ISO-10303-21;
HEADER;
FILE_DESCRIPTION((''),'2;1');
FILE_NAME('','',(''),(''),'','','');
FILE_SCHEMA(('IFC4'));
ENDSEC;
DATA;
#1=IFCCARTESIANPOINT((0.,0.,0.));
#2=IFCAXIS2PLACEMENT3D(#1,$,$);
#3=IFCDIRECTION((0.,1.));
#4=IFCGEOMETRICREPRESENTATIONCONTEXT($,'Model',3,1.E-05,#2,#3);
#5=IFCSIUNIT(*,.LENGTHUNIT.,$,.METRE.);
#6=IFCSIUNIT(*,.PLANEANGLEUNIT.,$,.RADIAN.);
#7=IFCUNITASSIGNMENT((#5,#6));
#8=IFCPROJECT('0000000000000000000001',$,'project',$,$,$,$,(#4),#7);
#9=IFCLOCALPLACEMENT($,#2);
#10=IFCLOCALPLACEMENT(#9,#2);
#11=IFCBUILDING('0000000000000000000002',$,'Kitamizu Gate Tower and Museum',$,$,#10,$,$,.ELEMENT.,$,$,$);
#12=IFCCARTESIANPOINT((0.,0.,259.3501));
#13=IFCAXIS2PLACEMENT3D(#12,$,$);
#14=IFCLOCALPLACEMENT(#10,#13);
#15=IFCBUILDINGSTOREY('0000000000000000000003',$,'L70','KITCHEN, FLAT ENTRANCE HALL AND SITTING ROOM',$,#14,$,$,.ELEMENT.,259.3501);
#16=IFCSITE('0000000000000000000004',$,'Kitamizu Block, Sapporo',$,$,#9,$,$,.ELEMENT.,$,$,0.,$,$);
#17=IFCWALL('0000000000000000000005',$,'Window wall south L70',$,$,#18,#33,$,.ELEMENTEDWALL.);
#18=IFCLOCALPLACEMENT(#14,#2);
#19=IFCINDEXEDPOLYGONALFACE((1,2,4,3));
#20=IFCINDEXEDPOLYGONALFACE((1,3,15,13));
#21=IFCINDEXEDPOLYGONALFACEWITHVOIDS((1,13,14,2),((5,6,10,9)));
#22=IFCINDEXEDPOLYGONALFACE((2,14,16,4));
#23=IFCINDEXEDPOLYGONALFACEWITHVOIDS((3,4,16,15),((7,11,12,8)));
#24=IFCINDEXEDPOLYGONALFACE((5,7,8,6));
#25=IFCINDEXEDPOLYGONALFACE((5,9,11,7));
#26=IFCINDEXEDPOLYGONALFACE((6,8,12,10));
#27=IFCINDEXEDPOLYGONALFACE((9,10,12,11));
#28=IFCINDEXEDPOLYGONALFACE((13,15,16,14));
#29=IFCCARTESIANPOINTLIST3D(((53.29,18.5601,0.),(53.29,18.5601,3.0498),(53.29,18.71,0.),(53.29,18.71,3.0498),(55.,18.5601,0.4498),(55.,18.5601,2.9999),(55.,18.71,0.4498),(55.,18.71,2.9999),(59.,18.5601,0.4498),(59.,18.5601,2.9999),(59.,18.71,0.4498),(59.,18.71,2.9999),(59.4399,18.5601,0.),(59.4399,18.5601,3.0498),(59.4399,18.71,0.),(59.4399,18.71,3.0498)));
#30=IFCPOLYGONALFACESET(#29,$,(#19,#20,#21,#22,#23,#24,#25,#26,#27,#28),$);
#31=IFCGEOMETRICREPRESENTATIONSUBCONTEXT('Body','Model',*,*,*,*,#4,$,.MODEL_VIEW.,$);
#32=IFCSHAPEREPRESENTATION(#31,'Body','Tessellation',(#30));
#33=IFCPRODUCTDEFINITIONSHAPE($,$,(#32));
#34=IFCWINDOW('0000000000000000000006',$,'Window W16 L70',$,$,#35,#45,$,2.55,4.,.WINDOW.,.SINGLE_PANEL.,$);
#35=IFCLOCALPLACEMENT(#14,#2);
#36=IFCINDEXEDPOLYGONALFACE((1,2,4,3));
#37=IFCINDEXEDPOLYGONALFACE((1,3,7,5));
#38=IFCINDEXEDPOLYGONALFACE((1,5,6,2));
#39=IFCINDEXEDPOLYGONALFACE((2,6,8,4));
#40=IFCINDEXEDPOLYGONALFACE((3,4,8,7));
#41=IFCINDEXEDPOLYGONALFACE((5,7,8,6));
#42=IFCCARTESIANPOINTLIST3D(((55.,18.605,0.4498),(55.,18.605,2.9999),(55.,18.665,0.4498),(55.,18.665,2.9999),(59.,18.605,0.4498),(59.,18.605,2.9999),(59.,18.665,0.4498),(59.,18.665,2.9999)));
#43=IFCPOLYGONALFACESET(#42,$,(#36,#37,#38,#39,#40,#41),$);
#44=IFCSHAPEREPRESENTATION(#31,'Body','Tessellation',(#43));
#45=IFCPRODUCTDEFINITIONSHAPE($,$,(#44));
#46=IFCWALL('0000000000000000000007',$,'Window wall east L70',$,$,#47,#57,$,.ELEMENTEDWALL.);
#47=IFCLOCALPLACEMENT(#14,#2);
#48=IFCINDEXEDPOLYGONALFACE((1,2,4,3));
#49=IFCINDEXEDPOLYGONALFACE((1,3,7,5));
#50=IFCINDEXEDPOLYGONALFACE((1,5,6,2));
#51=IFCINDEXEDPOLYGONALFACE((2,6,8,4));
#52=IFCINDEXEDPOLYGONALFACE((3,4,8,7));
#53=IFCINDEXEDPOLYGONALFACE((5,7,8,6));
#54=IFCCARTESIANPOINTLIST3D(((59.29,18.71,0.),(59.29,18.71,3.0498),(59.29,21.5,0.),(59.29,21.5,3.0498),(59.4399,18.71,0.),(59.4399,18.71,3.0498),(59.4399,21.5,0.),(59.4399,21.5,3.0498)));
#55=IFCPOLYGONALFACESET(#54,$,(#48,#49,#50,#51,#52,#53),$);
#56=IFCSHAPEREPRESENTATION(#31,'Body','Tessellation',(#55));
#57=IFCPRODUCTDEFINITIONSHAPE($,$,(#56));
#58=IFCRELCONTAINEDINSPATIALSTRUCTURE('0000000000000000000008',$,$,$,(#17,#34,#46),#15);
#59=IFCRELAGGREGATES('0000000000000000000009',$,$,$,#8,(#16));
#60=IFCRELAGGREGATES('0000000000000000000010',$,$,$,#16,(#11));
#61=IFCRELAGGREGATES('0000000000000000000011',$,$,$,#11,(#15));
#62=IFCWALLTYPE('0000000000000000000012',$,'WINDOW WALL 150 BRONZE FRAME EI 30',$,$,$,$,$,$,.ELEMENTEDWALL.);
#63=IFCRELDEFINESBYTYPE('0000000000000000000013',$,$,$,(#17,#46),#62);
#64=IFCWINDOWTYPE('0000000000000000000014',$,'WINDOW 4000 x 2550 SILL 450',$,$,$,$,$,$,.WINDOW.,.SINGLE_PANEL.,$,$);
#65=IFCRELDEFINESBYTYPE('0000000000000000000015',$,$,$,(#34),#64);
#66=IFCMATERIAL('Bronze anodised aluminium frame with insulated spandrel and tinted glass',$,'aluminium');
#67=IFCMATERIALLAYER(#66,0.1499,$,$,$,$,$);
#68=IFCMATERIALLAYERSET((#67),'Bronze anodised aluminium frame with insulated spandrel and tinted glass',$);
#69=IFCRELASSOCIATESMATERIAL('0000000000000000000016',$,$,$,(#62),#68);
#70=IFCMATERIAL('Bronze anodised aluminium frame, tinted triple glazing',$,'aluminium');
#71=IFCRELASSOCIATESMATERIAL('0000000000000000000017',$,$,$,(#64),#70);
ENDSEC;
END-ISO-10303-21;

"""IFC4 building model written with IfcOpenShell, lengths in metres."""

from ifc_helpers import new_model, si_unit, direction, frame, frame_2d, origin, place, context, subcontext, project, spatial, rectangle, extrude, material, layer, layer_set, type_object, element, fill, save


model = new_model("IFC4")

# Units and contexts
model_context = context("Model", 3, precision=1e-05, world=origin(), true_north=direction((0.0, 1.0)))
body_context = subcontext(model_context, "Body", "Model", "MODEL_VIEW")
ifc_project = project(units=[si_unit("LENGTHUNIT", "METRE"), si_unit("PLANEANGLEUNIT", "RADIAN")], contexts=[model_context])

# Site, building, storey
site_placement = place(None, origin())
site = spatial("IfcSite", under=ifc_project, at=site_placement, Name="Kitamizu Block, Sapporo", CompositionType="ELEMENT", RefElevation=0.0)
building_placement = place(site_placement, origin())
building = spatial("IfcBuilding", under=site, at=building_placement, Name="Kitamizu Gate Tower and Museum", CompositionType="ELEMENT")
storey_placement = place(building_placement, frame((0.0, 0.0, 259.3501)))
storey = spatial("IfcBuildingStorey", under=building, at=storey_placement, Name="L70", Description="KITCHEN, FLAT ENTRANCE HALL AND SITTING ROOM", CompositionType="ELEMENT", Elevation=259.3501)

# Wall, opening, window
ifc_material_1 = material(Name="Bronze anodised aluminium frame with insulated spandrel and tinted glass", Category="aluminium")
ifc_layer_1 = layer(ifc_material_1, 0.1499)
ifc_layer_set_1 = layer_set([ifc_layer_1], Name="Bronze anodised aluminium frame with insulated spandrel and tinted glass")
wall_type_1 = type_object("IfcWallType", Name="WINDOW WALL 150 BRONZE FRAME EI 30", PredefinedType="ELEMENTEDWALL", material=ifc_layer_set_1)
ifc_material_2 = material(Name="Bronze anodised aluminium frame, tinted triple glazing", Category="aluminium")
window_type = type_object("IfcWindowType", Name="WINDOW 4000 x 2550 SILL 450", PartitioningType="SINGLE_PANEL", PredefinedType="WINDOW", material=ifc_material_2)
wall_1_placement = place(storey_placement, frame((53.29, 18.635, 0.0), z_axis=(0.0, 0.0, 1.0), x_axis=(1.0, 0.0, 0.0)))
wall_1 = element("IfcWall", 1, at=wall_1_placement, inside=storey, type_object=wall_type_1, Name="Window wall south L70", PredefinedType="ELEMENTEDWALL", context=body_context, shape_type="SweptSolid", body=[
    extrude(rectangle(XDim=6.1499, YDim=0.1499, at=frame_2d((3.075, 0.0))), origin(), (0.0, 0.0, 1.0), 3.0498),
])
opening_1_placement = place(wall_1_placement, frame((1.71, 0.0, 0.45)))
opening_1 = element("IfcOpeningElement", 2, at=opening_1_placement, cuts=wall_1, PredefinedType="OPENING", context=body_context, shape_type="SweptSolid", body=[
    extrude(rectangle(XDim=4.0, YDim=2.55, at=frame_2d((2.0, 1.2749))), frame((0.0, 0.085, 0.0), z_axis=(0.0, -1.0, 0.0), x_axis=(1.0, 0.0, 0.0)), (0.0, 0.0, 1.0), 0.1699),
])
window_1_placement = place(opening_1_placement, origin())
window_1 = element("IfcWindow", 3, at=window_1_placement, inside=storey, type_object=window_type, Name="Window W16 L70", OverallHeight=2.55, OverallWidth=4.0, PartitioningType="SINGLE_PANEL", PredefinedType="WINDOW", context=body_context, shape_type="SweptSolid", body=[
    extrude(rectangle(XDim=4.0, YDim=2.55, at=frame_2d((2.0, 1.2749))), frame((0.0, 0.03, 0.0), z_axis=(0.0, -1.0, 0.0), x_axis=(1.0, 0.0, 0.0)), (0.0, 0.0, 1.0), 0.0601),
])
fill(opening_1, window_1)

# Wall
wall_2_placement = place(storey_placement, frame((59.365, 18.71, 0.0), z_axis=(0.0, 0.0, 1.0), x_axis=(0.0, 1.0, 0.0)))
element("IfcWall", 4, at=wall_2_placement, inside=storey, type_object=wall_type_1, Name="Window wall east L70", PredefinedType="ELEMENTEDWALL", context=body_context, shape_type="SweptSolid", body=[
    extrude(rectangle(XDim=2.79, YDim=0.1499, at=frame_2d((1.395, 0.0))), origin(), (0.0, 0.0, 1.0), 3.0498),
])

save(model, "model.ifc")
